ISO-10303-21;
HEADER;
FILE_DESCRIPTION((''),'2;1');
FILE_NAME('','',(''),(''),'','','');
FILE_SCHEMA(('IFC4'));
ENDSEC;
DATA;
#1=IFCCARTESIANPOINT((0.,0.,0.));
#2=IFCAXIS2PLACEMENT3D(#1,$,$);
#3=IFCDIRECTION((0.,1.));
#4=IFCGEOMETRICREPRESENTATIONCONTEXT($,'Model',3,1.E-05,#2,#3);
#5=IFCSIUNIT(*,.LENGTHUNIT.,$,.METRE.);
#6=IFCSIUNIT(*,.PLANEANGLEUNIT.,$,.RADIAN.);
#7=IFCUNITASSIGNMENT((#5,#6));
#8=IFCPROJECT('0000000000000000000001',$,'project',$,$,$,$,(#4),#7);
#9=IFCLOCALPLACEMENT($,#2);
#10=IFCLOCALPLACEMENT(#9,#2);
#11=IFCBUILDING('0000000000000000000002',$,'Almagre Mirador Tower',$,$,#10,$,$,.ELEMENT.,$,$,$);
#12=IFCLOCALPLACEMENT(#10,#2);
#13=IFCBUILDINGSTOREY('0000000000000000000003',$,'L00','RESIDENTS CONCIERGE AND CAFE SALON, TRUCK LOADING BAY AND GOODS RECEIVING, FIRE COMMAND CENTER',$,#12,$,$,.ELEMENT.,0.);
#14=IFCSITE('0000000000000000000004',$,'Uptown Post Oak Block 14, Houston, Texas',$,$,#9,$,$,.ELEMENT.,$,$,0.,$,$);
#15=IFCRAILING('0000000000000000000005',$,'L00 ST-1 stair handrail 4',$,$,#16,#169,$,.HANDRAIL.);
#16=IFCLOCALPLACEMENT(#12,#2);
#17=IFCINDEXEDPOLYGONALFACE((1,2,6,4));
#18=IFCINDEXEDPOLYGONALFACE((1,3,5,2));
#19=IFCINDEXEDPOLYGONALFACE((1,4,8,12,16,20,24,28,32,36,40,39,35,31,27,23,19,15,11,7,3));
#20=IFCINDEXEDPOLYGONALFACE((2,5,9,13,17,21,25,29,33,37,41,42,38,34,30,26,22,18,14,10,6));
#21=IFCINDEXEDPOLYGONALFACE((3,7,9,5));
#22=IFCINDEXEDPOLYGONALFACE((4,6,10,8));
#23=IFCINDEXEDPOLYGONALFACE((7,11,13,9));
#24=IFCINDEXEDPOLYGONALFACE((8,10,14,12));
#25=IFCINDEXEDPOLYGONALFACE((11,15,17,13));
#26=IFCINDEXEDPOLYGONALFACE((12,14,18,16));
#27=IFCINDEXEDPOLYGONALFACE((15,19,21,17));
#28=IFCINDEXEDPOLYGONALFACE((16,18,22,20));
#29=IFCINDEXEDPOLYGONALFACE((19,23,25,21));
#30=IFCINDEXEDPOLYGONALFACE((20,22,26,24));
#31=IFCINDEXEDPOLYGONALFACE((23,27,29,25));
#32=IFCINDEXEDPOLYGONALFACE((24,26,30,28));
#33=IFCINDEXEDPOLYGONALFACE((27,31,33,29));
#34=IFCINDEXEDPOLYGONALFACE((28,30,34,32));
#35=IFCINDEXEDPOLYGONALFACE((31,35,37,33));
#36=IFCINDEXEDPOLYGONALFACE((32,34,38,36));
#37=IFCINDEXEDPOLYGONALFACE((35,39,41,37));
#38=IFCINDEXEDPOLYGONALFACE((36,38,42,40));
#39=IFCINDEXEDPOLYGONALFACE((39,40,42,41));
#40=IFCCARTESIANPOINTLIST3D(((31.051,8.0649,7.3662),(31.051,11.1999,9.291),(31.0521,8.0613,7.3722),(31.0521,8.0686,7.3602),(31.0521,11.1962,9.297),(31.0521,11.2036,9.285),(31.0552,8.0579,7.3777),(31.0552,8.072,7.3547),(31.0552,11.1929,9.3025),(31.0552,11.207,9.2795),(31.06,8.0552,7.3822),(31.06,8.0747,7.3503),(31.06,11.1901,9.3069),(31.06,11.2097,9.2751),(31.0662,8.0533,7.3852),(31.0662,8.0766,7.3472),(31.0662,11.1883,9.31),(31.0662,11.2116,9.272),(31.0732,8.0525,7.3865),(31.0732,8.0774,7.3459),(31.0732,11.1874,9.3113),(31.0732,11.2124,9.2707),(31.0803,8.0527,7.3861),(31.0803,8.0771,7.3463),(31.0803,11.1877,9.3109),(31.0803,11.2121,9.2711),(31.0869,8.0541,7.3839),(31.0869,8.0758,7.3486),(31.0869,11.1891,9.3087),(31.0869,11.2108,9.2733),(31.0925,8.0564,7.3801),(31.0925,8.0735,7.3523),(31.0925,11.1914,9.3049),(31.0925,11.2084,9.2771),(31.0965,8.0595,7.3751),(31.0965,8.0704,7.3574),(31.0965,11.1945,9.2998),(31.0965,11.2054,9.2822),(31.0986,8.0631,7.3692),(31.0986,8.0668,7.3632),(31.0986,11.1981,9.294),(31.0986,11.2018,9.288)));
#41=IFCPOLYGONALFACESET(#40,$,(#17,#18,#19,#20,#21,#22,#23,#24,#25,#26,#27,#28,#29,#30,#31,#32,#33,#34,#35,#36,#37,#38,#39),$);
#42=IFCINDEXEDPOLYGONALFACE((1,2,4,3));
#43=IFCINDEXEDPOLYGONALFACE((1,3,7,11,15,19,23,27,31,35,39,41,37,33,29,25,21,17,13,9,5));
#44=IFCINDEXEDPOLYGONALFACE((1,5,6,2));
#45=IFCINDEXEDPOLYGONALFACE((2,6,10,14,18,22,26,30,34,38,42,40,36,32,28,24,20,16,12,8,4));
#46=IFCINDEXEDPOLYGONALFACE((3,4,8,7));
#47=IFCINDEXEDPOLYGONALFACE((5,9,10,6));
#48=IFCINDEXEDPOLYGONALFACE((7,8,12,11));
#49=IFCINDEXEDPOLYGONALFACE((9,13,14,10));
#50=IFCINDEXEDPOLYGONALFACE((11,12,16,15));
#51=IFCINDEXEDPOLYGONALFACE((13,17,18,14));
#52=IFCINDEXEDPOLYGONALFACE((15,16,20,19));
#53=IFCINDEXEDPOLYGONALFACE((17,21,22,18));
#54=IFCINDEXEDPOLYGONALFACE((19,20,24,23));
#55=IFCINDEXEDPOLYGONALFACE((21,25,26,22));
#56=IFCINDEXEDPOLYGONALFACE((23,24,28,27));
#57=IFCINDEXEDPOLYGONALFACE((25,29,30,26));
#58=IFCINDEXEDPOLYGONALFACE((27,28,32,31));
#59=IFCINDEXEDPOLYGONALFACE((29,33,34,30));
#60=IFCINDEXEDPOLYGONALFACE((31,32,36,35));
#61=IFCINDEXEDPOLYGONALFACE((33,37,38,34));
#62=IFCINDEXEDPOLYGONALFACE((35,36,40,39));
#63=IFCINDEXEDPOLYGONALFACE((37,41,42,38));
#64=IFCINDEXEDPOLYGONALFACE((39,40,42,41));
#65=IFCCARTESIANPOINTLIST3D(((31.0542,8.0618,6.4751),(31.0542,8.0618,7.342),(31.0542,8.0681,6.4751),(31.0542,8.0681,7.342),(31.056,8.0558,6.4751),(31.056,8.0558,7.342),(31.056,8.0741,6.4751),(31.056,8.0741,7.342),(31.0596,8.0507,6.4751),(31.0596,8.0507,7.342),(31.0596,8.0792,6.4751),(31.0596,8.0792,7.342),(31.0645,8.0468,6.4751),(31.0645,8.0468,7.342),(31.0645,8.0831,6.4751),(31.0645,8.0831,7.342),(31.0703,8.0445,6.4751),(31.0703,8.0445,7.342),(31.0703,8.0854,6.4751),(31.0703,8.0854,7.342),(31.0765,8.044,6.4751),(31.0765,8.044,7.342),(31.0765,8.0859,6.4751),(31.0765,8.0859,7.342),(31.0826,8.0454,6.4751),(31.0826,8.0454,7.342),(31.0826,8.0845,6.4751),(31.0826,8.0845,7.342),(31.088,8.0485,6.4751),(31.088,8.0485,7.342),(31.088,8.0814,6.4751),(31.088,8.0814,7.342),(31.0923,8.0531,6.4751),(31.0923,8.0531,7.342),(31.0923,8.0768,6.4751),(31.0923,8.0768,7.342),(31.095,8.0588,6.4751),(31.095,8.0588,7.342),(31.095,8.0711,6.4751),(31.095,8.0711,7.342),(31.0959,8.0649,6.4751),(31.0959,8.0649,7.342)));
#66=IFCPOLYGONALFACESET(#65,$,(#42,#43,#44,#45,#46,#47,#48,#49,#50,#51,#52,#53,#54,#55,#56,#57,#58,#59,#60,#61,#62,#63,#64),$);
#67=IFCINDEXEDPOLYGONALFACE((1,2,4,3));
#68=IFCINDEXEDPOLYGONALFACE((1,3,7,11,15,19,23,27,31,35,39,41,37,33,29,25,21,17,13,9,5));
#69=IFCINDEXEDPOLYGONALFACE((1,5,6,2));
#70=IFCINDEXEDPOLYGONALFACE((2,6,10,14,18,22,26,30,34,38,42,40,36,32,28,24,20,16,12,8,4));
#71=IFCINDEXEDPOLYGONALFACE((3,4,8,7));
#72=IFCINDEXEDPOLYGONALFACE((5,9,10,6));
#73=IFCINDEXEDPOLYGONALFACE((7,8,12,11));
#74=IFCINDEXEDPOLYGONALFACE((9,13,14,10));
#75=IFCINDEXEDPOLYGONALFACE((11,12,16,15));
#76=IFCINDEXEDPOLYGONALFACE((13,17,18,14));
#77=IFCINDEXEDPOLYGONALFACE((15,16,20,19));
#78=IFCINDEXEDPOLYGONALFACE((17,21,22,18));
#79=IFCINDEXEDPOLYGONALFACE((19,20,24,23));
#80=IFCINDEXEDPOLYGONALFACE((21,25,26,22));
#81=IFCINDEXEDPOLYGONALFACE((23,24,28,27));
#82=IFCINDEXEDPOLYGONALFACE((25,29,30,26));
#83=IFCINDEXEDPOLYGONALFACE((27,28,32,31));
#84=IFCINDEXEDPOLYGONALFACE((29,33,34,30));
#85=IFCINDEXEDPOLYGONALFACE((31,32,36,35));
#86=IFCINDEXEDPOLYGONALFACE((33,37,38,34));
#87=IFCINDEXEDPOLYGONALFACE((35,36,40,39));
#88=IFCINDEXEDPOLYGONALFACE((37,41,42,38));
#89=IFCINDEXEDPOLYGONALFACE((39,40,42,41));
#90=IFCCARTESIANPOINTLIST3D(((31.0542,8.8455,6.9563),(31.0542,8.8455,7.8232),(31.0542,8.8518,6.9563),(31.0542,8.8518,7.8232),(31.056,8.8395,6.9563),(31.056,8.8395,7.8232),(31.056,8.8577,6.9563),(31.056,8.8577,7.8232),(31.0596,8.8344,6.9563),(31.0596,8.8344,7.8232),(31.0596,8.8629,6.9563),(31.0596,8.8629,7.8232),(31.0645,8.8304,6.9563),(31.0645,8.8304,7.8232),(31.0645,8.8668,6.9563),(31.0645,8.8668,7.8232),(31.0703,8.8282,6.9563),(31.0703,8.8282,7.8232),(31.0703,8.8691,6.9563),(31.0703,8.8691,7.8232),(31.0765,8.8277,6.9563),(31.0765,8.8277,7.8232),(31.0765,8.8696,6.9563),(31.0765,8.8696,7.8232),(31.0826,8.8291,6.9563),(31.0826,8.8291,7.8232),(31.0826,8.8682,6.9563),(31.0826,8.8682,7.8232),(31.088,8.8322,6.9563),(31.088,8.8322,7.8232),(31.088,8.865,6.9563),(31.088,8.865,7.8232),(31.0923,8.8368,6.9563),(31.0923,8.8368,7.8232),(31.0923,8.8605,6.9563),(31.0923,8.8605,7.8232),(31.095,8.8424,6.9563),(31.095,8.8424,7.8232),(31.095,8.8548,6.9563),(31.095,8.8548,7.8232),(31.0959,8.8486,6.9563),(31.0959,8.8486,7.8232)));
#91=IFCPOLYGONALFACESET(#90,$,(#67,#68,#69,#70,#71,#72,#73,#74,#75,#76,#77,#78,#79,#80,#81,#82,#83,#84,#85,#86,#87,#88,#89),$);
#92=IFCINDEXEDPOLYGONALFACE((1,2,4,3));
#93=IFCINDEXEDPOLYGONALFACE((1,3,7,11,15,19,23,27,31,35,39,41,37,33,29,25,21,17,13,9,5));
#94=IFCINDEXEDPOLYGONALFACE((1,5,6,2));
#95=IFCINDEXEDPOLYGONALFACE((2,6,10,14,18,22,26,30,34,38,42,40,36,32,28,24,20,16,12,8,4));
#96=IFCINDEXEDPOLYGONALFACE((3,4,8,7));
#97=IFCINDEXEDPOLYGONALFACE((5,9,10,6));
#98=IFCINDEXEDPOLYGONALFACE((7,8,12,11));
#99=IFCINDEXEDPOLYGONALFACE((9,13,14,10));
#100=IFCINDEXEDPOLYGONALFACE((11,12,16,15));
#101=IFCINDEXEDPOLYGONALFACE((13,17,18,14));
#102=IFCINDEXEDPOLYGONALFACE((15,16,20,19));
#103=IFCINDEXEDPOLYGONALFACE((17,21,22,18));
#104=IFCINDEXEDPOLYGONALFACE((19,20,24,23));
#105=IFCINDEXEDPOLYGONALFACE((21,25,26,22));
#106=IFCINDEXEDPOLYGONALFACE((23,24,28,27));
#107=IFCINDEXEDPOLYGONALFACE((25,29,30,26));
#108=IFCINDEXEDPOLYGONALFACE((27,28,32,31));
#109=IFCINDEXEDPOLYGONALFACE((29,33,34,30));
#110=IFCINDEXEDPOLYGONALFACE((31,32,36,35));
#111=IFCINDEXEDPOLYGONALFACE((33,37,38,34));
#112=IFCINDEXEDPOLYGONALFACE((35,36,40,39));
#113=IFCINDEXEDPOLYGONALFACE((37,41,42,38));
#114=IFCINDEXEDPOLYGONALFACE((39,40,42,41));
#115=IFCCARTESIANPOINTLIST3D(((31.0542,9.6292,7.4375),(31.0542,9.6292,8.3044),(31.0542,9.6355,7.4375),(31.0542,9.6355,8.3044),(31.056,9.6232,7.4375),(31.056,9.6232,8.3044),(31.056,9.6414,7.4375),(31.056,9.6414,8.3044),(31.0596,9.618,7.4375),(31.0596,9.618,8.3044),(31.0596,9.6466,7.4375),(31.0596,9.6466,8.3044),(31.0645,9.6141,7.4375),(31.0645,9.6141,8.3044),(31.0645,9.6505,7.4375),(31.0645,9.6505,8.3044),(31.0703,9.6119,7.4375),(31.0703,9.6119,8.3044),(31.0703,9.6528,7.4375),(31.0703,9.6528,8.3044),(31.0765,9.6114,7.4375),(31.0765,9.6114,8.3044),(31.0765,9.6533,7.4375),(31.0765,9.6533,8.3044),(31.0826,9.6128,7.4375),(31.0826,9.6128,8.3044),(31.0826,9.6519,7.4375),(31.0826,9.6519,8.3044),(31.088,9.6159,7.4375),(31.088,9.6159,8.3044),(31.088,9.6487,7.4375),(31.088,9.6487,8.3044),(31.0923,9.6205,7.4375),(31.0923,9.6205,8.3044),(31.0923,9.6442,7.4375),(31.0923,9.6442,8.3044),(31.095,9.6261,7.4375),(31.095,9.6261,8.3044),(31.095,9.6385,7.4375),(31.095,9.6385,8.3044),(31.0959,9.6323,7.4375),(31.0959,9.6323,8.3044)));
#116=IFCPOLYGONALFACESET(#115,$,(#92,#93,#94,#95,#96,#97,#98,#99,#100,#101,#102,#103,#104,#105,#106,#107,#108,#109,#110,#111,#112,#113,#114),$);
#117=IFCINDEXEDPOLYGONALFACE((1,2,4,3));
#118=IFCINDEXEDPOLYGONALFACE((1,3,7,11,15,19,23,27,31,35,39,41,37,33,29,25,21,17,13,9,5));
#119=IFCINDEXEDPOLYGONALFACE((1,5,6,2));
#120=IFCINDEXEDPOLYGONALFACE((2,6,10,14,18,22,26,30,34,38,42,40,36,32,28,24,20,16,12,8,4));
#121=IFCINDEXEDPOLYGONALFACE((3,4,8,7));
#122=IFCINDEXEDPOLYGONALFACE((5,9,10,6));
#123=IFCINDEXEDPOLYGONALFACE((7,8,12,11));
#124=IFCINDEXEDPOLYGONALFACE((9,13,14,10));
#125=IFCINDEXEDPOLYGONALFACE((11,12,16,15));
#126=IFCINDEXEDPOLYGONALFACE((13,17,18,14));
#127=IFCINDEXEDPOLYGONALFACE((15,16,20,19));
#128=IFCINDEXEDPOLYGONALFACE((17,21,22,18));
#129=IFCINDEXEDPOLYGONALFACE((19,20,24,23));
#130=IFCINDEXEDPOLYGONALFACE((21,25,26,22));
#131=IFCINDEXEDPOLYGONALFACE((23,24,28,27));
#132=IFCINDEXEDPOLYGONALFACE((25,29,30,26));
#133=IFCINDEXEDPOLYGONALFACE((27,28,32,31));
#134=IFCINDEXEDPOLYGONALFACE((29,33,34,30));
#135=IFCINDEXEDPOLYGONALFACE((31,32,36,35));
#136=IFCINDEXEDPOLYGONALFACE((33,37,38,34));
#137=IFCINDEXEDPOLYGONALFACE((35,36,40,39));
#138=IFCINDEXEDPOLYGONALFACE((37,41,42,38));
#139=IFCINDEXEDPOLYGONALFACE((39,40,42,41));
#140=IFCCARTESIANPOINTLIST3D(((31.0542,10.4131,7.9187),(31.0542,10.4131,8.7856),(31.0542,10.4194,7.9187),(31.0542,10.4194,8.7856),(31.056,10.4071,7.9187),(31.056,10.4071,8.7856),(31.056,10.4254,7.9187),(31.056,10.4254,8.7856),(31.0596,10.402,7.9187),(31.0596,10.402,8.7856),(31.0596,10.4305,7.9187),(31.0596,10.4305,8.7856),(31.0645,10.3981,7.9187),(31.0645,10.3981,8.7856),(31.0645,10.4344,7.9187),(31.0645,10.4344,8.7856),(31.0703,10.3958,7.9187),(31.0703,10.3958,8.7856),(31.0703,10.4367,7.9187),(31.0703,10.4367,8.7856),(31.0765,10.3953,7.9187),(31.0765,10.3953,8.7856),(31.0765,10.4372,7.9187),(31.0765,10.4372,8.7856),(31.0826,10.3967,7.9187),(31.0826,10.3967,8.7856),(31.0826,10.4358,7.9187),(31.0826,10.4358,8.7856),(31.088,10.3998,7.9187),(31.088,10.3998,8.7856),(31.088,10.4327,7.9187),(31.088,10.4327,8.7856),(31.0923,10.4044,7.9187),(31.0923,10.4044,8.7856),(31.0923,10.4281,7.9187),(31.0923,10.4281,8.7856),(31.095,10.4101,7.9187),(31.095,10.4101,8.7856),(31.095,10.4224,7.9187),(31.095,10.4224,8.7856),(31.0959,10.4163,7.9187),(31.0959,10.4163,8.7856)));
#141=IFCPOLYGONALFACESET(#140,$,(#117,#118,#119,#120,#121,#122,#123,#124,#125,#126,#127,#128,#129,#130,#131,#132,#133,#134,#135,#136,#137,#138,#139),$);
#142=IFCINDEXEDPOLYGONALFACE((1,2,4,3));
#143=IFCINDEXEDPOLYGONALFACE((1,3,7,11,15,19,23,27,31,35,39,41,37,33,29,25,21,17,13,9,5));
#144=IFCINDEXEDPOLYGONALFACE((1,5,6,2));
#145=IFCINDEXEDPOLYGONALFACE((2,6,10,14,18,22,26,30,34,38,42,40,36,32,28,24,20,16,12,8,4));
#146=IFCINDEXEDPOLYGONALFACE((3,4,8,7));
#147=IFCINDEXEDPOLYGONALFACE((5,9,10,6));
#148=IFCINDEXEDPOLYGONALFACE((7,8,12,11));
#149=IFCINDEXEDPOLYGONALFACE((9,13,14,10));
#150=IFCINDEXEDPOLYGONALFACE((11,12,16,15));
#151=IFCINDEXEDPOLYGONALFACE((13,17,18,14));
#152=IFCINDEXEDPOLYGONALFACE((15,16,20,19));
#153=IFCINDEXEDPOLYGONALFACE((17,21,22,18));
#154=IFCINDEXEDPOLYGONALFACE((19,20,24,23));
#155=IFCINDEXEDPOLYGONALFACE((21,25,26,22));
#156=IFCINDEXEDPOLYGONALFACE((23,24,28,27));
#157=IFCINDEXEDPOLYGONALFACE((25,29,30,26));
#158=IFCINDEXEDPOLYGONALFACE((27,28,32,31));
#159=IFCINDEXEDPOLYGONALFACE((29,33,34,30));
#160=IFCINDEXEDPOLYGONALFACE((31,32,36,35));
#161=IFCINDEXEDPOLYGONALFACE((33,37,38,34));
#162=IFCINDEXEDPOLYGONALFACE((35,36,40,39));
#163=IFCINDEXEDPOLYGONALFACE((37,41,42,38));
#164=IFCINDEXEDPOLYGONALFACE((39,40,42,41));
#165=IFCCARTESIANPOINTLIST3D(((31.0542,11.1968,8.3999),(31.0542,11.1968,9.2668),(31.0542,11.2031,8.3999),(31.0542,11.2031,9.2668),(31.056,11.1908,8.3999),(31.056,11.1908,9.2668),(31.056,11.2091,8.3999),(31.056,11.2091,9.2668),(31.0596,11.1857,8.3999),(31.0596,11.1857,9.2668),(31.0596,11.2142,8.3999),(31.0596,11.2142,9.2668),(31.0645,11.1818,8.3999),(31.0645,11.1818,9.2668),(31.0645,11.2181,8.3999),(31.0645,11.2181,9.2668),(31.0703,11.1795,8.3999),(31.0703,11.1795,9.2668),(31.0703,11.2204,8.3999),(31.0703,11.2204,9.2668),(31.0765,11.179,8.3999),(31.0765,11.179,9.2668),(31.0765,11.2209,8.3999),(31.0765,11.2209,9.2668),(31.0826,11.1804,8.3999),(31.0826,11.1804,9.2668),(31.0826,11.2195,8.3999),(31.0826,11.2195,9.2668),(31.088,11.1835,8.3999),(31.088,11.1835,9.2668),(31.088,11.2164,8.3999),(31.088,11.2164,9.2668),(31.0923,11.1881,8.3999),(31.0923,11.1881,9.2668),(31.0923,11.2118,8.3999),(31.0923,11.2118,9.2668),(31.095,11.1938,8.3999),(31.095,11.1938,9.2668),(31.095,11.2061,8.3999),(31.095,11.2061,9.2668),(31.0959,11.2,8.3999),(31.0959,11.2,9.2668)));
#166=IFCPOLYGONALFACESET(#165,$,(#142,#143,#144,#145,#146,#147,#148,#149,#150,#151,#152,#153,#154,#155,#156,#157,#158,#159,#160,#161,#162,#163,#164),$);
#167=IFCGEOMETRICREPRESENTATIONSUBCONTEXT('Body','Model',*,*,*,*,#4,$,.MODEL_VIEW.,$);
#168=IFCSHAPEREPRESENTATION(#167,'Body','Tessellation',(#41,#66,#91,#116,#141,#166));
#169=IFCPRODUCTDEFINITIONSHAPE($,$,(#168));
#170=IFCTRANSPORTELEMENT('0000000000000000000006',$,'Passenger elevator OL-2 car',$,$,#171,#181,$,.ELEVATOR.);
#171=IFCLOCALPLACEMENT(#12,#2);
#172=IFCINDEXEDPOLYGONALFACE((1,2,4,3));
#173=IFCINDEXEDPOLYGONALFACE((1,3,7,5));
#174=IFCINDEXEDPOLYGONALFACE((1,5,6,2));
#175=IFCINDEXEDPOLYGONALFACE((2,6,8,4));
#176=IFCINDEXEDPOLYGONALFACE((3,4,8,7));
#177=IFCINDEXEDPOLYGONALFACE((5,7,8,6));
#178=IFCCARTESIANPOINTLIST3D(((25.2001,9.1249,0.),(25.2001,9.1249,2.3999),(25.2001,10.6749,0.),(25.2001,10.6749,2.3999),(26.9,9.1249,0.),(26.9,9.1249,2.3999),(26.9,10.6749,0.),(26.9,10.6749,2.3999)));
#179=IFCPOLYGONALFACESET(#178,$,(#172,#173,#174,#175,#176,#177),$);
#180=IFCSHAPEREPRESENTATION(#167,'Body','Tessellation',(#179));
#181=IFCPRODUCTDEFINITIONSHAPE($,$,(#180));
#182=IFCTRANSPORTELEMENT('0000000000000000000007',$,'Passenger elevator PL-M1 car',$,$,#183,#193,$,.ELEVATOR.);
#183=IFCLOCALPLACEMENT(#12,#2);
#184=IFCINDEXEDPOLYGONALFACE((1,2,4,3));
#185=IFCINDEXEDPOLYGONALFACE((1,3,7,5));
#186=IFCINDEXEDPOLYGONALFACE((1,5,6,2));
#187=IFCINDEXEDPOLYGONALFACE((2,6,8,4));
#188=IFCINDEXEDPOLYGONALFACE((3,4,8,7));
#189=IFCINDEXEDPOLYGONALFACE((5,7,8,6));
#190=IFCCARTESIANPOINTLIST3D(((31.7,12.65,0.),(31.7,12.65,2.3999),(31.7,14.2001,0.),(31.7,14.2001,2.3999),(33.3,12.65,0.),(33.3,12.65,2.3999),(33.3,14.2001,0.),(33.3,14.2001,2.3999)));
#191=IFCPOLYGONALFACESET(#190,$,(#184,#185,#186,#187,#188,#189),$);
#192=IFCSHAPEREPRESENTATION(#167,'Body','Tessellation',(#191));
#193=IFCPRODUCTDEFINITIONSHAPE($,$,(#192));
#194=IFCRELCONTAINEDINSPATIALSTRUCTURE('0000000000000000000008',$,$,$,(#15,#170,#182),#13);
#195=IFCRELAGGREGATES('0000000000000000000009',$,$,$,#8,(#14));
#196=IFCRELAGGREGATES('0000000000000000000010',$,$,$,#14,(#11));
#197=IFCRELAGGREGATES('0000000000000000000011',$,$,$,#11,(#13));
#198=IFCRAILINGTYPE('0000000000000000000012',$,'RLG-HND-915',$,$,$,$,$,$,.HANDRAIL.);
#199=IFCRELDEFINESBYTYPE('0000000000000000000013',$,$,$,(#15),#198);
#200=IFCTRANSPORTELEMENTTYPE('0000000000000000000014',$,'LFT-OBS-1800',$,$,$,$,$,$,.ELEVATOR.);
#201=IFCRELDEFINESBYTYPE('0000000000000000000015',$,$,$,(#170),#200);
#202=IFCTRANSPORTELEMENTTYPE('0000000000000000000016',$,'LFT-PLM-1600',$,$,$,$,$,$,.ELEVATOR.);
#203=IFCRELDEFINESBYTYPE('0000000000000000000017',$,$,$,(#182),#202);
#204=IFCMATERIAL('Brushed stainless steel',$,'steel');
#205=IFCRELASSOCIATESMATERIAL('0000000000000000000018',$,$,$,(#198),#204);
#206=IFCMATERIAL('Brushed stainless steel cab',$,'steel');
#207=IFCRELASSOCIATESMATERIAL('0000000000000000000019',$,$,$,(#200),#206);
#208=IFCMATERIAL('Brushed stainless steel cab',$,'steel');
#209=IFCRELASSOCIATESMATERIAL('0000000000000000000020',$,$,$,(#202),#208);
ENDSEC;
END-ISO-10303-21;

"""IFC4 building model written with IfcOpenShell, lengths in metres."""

from ifc_helpers import new_model, si_unit, direction, frame, origin, origin_2d, place, context, subcontext, project, spatial, rectangle, circle, extrude, material, type_object, element, save


model = new_model("IFC4")

# Units and contexts
model_context = context("Model", 3, precision=1e-05, world=origin(), true_north=direction((0.0, 1.0)))
body_context = subcontext(model_context, "Body", "Model", "MODEL_VIEW")
ifc_project = project(units=[si_unit("LENGTHUNIT", "METRE"), si_unit("PLANEANGLEUNIT", "RADIAN")], contexts=[model_context])

# Site, building, storey
site_placement = place(None, origin())
site = spatial("IfcSite", under=ifc_project, at=site_placement, Name="Uptown Post Oak Block 14, Houston, Texas", CompositionType="ELEMENT", RefElevation=0.0)
building_placement = place(site_placement, origin())
building = spatial("IfcBuilding", under=site, at=building_placement, Name="Almagre Mirador Tower", CompositionType="ELEMENT")
storey_placement = place(building_placement, origin())
storey = spatial("IfcBuildingStorey", under=building, at=storey_placement, Name="L00", Description="RESIDENTS CONCIERGE AND CAFE SALON, TRUCK LOADING BAY AND GOODS RECEIVING, FIRE COMMAND CENTER", CompositionType="ELEMENT", Elevation=0.0)

# Railing
ifc_material_1 = material(Name="Brushed stainless steel", Category="steel")
railing_type_1 = type_object("IfcRailingType", Name="RLG-HND-915", PredefinedType="HANDRAIL", material=ifc_material_1)
railing_1_placement = place(storey_placement, frame((31.075, 8.0649, 6.4751)))
element("IfcRailing", 1, at=railing_1_placement, inside=storey, type_object=railing_type_1, Name="L00 ST-1 stair handrail 4", PredefinedType="HANDRAIL", context=body_context, shape_type="SweptSolid", body=[
    extrude(circle(Radius=0.0239, at=origin_2d()), frame((0.0, 0.0, 0.8911), z_axis=(0.0, 0.852196, 0.523223), x_axis=(-1.0, 0.0, 0.0)), (0.0, 0.0, 1.0), 3.6787),
    extrude(circle(Radius=0.021, at=origin_2d()), origin(), (0.0, 0.0, 1.0), 0.8669),
    extrude(circle(Radius=0.021, at=origin_2d()), frame((0.0, 0.7837, 0.4812)), (0.0, 0.0, 1.0), 0.8669),
    extrude(circle(Radius=0.021, at=origin_2d()), frame((0.0, 1.5674, 0.9624)), (0.0, 0.0, 1.0), 0.8669),
    extrude(circle(Radius=0.021, at=origin_2d()), frame((0.0, 2.3513, 1.4436)), (0.0, 0.0, 1.0), 0.8669),
    extrude(circle(Radius=0.021, at=origin_2d()), frame((0.0, 3.135, 1.9248)), (0.0, 0.0, 1.0), 0.8669),
])

# Transport elements
ifc_material_2 = material(Name="Brushed stainless steel cab", Category="steel")
transport_element_type_1 = type_object("IfcTransportElementType", Name="LFT-OBS-1800", PredefinedType="ELEVATOR", material=ifc_material_2)
transport_element_1_placement = place(storey_placement, frame((26.05, 9.8999, 0.0), z_axis=(0.0, 0.0, 1.0), x_axis=(1.0, 0.0, 0.0)))
element("IfcTransportElement", 2, at=transport_element_1_placement, inside=storey, type_object=transport_element_type_1, Name="Passenger elevator OL-2 car", PredefinedType="ELEVATOR", context=body_context, shape_type="SweptSolid", body=[
    extrude(rectangle(XDim=1.7, YDim=1.55, at=origin_2d()), origin(), (0.0, 0.0, 1.0), 2.3999),
])
ifc_material_3 = material(Name="Brushed stainless steel cab", Category="steel")
transport_element_type_2 = type_object("IfcTransportElementType", Name="LFT-PLM-1600", PredefinedType="ELEVATOR", material=ifc_material_3)
transport_element_2_placement = place(storey_placement, frame((32.5, 13.425, 0.0), z_axis=(0.0, 0.0, 1.0), x_axis=(1.0, 0.0, 0.0)))
element("IfcTransportElement", 3, at=transport_element_2_placement, inside=storey, type_object=transport_element_type_2, Name="Passenger elevator PL-M1 car", PredefinedType="ELEVATOR", context=body_context, shape_type="SweptSolid", body=[
    extrude(rectangle(XDim=1.6001, YDim=1.55, at=origin_2d()), origin(), (0.0, 0.0, 1.0), 2.3999),
])

save(model, "model.ifc")
